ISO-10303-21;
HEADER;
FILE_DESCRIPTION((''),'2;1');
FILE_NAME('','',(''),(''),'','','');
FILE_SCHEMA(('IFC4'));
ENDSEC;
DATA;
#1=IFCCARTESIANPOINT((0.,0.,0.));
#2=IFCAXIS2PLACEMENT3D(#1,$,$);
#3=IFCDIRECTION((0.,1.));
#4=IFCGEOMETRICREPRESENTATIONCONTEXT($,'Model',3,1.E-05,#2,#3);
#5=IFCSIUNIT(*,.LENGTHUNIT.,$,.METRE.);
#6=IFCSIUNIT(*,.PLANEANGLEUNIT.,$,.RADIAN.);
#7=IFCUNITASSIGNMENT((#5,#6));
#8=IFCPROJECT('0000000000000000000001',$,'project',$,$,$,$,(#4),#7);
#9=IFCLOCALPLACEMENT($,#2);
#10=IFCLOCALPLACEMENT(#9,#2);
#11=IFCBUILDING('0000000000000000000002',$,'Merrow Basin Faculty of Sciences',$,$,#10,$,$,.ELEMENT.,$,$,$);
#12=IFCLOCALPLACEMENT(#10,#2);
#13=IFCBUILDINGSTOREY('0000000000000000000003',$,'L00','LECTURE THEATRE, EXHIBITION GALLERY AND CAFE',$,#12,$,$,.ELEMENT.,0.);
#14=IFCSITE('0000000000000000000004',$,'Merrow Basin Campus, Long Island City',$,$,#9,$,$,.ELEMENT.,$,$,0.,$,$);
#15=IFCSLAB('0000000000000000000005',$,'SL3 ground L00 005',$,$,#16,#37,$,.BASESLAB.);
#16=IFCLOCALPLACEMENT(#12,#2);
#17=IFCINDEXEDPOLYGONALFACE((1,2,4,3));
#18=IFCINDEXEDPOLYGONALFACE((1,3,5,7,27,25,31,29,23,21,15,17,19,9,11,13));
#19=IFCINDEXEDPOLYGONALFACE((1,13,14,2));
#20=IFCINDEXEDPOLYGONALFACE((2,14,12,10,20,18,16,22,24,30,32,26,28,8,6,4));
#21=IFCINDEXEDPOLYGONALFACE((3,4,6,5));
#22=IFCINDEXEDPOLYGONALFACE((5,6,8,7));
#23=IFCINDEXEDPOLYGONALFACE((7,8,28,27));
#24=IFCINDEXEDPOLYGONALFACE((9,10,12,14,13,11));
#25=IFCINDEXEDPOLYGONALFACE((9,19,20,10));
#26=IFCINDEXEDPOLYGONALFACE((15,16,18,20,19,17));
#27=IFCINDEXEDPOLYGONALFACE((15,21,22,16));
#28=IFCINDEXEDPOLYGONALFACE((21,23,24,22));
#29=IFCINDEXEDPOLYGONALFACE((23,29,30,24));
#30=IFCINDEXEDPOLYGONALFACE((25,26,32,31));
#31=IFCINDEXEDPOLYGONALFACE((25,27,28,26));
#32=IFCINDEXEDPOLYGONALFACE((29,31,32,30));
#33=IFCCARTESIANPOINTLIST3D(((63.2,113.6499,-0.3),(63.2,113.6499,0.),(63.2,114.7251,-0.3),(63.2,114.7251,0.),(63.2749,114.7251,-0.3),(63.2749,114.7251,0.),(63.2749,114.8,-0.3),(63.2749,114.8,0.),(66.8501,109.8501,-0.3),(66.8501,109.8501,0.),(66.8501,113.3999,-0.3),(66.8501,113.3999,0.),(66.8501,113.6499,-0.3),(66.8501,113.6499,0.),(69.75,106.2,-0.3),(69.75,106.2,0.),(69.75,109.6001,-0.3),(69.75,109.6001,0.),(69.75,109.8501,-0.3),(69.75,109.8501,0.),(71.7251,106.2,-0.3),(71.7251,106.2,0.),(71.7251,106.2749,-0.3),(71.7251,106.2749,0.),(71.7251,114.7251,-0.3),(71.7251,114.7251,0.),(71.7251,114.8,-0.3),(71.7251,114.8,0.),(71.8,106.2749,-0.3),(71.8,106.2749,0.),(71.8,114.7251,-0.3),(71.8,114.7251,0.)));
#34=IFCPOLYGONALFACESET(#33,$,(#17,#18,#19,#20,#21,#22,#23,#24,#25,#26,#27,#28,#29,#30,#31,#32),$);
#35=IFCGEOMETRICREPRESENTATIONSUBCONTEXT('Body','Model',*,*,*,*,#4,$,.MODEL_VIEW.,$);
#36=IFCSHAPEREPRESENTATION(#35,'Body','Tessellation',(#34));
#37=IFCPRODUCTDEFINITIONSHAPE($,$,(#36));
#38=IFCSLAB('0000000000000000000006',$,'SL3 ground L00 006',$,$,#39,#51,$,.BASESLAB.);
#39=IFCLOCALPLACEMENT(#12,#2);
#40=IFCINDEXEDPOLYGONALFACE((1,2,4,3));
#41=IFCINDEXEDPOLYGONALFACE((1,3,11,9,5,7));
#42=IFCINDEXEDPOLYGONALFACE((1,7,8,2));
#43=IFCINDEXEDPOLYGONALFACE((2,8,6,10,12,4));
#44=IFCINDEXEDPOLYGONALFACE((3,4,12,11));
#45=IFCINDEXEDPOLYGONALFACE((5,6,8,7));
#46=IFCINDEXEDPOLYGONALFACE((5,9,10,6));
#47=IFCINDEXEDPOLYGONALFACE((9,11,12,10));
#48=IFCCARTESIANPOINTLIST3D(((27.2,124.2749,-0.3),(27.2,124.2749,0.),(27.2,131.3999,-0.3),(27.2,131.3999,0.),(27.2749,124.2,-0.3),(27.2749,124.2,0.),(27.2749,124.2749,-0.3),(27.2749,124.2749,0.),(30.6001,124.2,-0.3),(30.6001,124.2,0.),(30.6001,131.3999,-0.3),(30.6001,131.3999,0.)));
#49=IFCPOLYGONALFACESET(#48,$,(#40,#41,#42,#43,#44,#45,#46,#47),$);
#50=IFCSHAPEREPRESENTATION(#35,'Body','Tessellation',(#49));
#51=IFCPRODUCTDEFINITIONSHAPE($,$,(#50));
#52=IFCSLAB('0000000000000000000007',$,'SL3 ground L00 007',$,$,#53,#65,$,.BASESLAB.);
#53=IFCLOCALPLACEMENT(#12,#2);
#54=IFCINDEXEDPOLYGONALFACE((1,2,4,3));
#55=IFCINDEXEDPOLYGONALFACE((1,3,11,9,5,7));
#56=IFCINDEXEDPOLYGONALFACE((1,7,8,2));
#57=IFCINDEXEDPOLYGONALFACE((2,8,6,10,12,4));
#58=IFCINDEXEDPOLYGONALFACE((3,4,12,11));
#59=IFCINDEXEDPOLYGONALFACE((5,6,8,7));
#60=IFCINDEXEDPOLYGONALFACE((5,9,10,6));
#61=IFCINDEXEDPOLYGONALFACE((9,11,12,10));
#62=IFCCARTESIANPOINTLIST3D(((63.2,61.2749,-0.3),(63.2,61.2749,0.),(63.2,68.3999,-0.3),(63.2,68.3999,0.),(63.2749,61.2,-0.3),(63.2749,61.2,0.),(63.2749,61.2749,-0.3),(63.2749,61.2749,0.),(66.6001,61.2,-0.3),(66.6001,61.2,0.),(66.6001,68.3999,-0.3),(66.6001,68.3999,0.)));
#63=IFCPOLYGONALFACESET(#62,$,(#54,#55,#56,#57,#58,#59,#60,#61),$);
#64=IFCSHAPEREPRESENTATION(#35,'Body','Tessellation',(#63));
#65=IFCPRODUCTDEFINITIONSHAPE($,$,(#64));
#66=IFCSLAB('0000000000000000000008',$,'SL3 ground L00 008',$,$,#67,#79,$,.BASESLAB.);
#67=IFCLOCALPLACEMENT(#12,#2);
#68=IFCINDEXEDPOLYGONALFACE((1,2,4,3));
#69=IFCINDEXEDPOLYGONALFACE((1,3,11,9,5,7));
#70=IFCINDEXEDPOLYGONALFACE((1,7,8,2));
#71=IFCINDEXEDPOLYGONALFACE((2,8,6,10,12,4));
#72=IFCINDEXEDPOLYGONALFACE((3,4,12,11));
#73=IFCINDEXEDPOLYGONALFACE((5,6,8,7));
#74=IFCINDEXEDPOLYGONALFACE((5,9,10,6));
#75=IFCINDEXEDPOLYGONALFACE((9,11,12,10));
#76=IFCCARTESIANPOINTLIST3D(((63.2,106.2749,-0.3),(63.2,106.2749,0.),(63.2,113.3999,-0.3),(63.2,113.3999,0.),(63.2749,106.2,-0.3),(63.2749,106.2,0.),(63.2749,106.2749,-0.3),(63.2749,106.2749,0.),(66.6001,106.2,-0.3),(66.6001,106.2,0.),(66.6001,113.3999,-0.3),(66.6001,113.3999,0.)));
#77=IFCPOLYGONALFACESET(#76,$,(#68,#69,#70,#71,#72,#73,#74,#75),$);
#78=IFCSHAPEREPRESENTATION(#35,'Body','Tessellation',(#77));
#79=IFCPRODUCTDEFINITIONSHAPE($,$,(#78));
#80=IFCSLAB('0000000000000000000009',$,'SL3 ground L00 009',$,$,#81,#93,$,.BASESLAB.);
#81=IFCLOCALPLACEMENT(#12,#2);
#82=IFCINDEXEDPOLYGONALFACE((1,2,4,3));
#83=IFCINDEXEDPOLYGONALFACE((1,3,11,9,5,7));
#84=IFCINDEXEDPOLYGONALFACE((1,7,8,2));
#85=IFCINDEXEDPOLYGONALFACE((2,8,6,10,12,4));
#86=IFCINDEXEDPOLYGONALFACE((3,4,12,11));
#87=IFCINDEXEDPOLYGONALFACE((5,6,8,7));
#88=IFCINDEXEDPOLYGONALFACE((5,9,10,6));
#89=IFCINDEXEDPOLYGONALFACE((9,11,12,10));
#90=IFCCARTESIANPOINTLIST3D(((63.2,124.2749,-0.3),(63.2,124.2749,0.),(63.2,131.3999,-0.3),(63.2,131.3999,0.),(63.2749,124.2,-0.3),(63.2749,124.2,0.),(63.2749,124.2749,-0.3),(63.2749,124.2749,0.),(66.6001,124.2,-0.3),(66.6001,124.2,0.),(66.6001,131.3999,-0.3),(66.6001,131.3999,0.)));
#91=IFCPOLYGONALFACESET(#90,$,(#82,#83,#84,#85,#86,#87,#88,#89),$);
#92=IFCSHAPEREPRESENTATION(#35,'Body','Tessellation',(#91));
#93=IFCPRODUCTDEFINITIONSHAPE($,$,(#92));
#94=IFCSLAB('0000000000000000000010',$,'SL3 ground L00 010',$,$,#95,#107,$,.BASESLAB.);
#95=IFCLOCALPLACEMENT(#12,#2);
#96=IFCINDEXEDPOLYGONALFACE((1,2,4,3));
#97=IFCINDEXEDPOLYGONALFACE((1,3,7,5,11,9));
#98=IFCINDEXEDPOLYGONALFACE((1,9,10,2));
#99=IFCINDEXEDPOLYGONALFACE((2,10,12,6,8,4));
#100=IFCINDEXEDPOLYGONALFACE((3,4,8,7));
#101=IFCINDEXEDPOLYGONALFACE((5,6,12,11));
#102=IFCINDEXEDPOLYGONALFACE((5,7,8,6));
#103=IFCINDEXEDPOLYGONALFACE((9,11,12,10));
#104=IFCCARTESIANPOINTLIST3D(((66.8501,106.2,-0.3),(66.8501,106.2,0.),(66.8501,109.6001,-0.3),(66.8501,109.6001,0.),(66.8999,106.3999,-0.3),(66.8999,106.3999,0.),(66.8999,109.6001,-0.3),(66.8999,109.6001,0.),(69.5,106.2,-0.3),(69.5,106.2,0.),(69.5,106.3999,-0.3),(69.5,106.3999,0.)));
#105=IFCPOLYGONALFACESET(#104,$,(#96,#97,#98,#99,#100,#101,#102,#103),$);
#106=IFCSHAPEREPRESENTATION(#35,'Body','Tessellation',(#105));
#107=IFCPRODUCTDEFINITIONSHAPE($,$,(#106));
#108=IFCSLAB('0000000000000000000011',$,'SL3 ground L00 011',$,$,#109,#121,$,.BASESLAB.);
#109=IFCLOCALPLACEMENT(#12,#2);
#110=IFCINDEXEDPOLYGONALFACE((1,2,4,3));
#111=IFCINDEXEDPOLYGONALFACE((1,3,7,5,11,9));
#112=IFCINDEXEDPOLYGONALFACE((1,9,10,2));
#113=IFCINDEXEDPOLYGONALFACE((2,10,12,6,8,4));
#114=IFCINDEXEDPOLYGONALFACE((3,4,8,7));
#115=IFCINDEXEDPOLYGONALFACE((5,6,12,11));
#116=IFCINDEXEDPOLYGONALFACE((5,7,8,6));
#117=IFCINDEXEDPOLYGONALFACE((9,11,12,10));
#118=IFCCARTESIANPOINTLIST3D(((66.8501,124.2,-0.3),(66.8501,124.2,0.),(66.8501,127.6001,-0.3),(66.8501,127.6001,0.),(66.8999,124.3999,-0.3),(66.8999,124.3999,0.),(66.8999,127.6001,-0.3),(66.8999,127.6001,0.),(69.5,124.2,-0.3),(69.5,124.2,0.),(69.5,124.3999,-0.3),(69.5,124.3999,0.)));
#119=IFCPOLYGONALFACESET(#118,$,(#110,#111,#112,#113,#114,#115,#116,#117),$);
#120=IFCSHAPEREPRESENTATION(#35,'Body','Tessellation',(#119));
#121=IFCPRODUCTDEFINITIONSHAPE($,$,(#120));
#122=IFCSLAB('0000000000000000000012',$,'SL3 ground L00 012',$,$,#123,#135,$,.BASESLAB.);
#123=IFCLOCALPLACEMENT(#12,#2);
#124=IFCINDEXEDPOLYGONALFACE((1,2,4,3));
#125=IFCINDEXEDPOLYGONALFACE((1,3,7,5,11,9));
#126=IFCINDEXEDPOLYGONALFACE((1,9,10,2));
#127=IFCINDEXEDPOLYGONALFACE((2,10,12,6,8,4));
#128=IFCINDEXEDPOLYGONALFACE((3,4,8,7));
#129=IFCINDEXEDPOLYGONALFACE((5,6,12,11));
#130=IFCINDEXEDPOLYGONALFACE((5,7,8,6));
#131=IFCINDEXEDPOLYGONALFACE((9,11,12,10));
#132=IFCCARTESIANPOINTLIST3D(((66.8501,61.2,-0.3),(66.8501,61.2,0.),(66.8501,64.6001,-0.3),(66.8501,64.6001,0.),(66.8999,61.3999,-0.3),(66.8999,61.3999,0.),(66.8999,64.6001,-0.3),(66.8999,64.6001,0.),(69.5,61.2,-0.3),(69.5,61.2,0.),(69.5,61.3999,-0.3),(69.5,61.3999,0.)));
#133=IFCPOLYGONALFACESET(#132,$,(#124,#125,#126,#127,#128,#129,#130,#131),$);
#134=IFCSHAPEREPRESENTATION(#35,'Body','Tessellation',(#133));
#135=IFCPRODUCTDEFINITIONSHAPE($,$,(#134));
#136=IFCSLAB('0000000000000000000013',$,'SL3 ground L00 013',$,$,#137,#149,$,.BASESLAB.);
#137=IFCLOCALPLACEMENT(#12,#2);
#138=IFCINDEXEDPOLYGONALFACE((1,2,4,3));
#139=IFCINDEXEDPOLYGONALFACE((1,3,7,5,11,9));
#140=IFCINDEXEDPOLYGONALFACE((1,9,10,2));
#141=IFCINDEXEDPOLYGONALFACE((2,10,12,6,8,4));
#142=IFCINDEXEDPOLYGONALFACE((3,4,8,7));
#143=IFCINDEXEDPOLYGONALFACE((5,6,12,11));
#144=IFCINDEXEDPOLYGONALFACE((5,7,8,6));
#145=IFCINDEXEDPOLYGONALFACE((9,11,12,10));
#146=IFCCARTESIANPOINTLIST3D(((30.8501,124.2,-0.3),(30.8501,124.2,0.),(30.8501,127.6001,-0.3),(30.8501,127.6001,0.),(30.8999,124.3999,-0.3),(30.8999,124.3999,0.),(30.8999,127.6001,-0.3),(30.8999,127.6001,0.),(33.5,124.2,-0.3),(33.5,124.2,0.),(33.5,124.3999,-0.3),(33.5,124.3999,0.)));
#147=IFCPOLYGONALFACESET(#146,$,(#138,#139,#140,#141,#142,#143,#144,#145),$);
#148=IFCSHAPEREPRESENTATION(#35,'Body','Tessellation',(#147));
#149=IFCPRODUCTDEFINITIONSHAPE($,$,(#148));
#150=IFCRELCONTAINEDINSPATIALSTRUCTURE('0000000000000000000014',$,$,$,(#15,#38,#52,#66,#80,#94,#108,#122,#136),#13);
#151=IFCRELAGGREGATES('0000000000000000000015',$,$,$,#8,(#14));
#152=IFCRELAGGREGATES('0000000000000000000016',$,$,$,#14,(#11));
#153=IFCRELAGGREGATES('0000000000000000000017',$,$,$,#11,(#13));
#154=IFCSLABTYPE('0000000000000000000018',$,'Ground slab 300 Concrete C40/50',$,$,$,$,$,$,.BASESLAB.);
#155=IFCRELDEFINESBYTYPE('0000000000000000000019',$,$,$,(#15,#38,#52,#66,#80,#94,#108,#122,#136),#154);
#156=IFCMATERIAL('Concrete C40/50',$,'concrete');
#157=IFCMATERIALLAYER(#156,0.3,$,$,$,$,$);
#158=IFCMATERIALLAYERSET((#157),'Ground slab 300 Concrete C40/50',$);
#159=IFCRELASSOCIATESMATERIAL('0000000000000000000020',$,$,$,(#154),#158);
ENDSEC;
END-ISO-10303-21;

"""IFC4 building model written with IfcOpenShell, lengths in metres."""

from ifc_helpers import new_model, si_unit, direction, frame, origin, place, context, subcontext, project, spatial, polyline, outline, extrude, material, layer, layer_set, type_object, element, save


model = new_model("IFC4")

# Units and contexts
model_context = context("Model", 3, precision=1e-05, world=origin(), true_north=direction((0.0, 1.0)))
body_context = subcontext(model_context, "Body", "Model", "MODEL_VIEW")
ifc_project = project(units=[si_unit("LENGTHUNIT", "METRE"), si_unit("PLANEANGLEUNIT", "RADIAN")], contexts=[model_context])

# Site, building, storey
site_placement = place(None, origin())
site = spatial("IfcSite", under=ifc_project, at=site_placement, Name="Merrow Basin Campus, Long Island City", CompositionType="ELEMENT", RefElevation=0.0)
building_placement = place(site_placement, origin())
building = spatial("IfcBuilding", under=site, at=building_placement, Name="Merrow Basin Faculty of Sciences", CompositionType="ELEMENT")
storey_placement = place(building_placement, origin())
storey = spatial("IfcBuildingStorey", under=building, at=storey_placement, Name="L00", Description="LECTURE THEATRE, EXHIBITION GALLERY AND CAFE", CompositionType="ELEMENT", Elevation=0.0)

# Slabs
ifc_material = material(Name="Concrete C40/50", Category="concrete")
ifc_layer = layer(ifc_material, 0.3)
ifc_layer_set = layer_set([ifc_layer], Name="Ground slab 300 Concrete C40/50")
slab_type = type_object("IfcSlabType", Name="Ground slab 300 Concrete C40/50", PredefinedType="BASESLAB", material=ifc_layer_set)
slab_1_placement = place(storey_placement, frame((0.0, 0.0, -0.3)))
element("IfcSlab", 1, at=slab_1_placement, inside=storey, type_object=slab_type, Name="SL3 ground L00 005", PredefinedType="BASESLAB", context=body_context, shape_type="SweptSolid", body=[
    extrude(outline(polyline([(63.2749, 114.7251), (63.2749, 114.8), (71.7251, 114.8), (71.7251, 114.7251), (71.8, 114.7251), (71.8, 106.2749), (71.7251, 106.2749), (71.7251, 106.2), (69.75, 106.2), (69.75, 109.6001), (69.75, 109.8501), (66.8501, 109.8501), (66.8501, 113.3999), (66.8501, 113.6499), (63.2, 113.6499), (63.2, 114.7251), (63.2749, 114.7251)])), origin(), (0.0, 0.0, 1.0), 0.3),
])
slab_2_placement = place(storey_placement, frame((0.0, 0.0, -0.3)))
element("IfcSlab", 2, at=slab_2_placement, inside=storey, type_object=slab_type, Name="SL3 ground L00 006", PredefinedType="BASESLAB", context=body_context, shape_type="SweptSolid", body=[
    extrude(outline(polyline([(30.6001, 131.3999), (30.6001, 124.2), (27.2749, 124.2), (27.2749, 124.2749), (27.2, 124.2749), (27.2, 131.3999), (30.6001, 131.3999)])), origin(), (0.0, 0.0, 1.0), 0.3),
])
slab_3_placement = place(storey_placement, frame((0.0, 0.0, -0.3)))
element("IfcSlab", 3, at=slab_3_placement, inside=storey, type_object=slab_type, Name="SL3 ground L00 007", PredefinedType="BASESLAB", context=body_context, shape_type="SweptSolid", body=[
    extrude(outline(polyline([(63.2, 61.2749), (63.2, 68.3999), (66.6001, 68.3999), (66.6001, 61.2), (63.2749, 61.2), (63.2749, 61.2749), (63.2, 61.2749)])), origin(), (0.0, 0.0, 1.0), 0.3),
])
slab_4_placement = place(storey_placement, frame((0.0, 0.0, -0.3)))
element("IfcSlab", 4, at=slab_4_placement, inside=storey, type_object=slab_type, Name="SL3 ground L00 008", PredefinedType="BASESLAB", context=body_context, shape_type="SweptSolid", body=[
    extrude(outline(polyline([(63.2749, 106.2749), (63.2, 106.2749), (63.2, 113.3999), (66.6001, 113.3999), (66.6001, 106.2), (63.2749, 106.2), (63.2749, 106.2749)])), origin(), (0.0, 0.0, 1.0), 0.3),
])
slab_5_placement = place(storey_placement, frame((0.0, 0.0, -0.3)))
element("IfcSlab", 5, at=slab_5_placement, inside=storey, type_object=slab_type, Name="SL3 ground L00 009", PredefinedType="BASESLAB", context=body_context, shape_type="SweptSolid", body=[
    extrude(outline(polyline([(66.6001, 124.2), (63.2749, 124.2), (63.2749, 124.2749), (63.2, 124.2749), (63.2, 131.3999), (66.6001, 131.3999), (66.6001, 124.2)])), origin(), (0.0, 0.0, 1.0), 0.3),
])
slab_6_placement = place(storey_placement, frame((0.0, 0.0, -0.3)))
element("IfcSlab", 6, at=slab_6_placement, inside=storey, type_object=slab_type, Name="SL3 ground L00 010", PredefinedType="BASESLAB", context=body_context, shape_type="SweptSolid", body=[
    extrude(outline(polyline([(69.5, 106.2), (66.8501, 106.2), (66.8501, 109.6001), (66.8999, 109.6001), (66.8999, 106.3999), (69.5, 106.3999), (69.5, 106.2)])), origin(), (0.0, 0.0, 1.0), 0.3),
])
slab_7_placement = place(storey_placement, frame((0.0, 0.0, -0.3)))
element("IfcSlab", 7, at=slab_7_placement, inside=storey, type_object=slab_type, Name="SL3 ground L00 011", PredefinedType="BASESLAB", context=body_context, shape_type="SweptSolid", body=[
    extrude(outline(polyline([(69.5, 124.2), (66.8501, 124.2), (66.8501, 127.6001), (66.8999, 127.6001), (66.8999, 124.3999), (69.5, 124.3999), (69.5, 124.2)])), origin(), (0.0, 0.0, 1.0), 0.3),
])
slab_8_placement = place(storey_placement, frame((0.0, 0.0, -0.3)))
element("IfcSlab", 8, at=slab_8_placement, inside=storey, type_object=slab_type, Name="SL3 ground L00 012", PredefinedType="BASESLAB", context=body_context, shape_type="SweptSolid", body=[
    extrude(outline(polyline([(69.5, 61.2), (66.8501, 61.2), (66.8501, 64.6001), (66.8999, 64.6001), (66.8999, 61.3999), (69.5, 61.3999), (69.5, 61.2)])), origin(), (0.0, 0.0, 1.0), 0.3),
])
slab_9_placement = place(storey_placement, frame((0.0, 0.0, -0.3)))
element("IfcSlab", 9, at=slab_9_placement, inside=storey, type_object=slab_type, Name="SL3 ground L00 013", PredefinedType="BASESLAB", context=body_context, shape_type="SweptSolid", body=[
    extrude(outline(polyline([(33.5, 124.2), (30.8501, 124.2), (30.8501, 127.6001), (30.8999, 127.6001), (30.8999, 124.3999), (33.5, 124.3999), (33.5, 124.2)])), origin(), (0.0, 0.0, 1.0), 0.3),
])

save(model, "model.ifc")
